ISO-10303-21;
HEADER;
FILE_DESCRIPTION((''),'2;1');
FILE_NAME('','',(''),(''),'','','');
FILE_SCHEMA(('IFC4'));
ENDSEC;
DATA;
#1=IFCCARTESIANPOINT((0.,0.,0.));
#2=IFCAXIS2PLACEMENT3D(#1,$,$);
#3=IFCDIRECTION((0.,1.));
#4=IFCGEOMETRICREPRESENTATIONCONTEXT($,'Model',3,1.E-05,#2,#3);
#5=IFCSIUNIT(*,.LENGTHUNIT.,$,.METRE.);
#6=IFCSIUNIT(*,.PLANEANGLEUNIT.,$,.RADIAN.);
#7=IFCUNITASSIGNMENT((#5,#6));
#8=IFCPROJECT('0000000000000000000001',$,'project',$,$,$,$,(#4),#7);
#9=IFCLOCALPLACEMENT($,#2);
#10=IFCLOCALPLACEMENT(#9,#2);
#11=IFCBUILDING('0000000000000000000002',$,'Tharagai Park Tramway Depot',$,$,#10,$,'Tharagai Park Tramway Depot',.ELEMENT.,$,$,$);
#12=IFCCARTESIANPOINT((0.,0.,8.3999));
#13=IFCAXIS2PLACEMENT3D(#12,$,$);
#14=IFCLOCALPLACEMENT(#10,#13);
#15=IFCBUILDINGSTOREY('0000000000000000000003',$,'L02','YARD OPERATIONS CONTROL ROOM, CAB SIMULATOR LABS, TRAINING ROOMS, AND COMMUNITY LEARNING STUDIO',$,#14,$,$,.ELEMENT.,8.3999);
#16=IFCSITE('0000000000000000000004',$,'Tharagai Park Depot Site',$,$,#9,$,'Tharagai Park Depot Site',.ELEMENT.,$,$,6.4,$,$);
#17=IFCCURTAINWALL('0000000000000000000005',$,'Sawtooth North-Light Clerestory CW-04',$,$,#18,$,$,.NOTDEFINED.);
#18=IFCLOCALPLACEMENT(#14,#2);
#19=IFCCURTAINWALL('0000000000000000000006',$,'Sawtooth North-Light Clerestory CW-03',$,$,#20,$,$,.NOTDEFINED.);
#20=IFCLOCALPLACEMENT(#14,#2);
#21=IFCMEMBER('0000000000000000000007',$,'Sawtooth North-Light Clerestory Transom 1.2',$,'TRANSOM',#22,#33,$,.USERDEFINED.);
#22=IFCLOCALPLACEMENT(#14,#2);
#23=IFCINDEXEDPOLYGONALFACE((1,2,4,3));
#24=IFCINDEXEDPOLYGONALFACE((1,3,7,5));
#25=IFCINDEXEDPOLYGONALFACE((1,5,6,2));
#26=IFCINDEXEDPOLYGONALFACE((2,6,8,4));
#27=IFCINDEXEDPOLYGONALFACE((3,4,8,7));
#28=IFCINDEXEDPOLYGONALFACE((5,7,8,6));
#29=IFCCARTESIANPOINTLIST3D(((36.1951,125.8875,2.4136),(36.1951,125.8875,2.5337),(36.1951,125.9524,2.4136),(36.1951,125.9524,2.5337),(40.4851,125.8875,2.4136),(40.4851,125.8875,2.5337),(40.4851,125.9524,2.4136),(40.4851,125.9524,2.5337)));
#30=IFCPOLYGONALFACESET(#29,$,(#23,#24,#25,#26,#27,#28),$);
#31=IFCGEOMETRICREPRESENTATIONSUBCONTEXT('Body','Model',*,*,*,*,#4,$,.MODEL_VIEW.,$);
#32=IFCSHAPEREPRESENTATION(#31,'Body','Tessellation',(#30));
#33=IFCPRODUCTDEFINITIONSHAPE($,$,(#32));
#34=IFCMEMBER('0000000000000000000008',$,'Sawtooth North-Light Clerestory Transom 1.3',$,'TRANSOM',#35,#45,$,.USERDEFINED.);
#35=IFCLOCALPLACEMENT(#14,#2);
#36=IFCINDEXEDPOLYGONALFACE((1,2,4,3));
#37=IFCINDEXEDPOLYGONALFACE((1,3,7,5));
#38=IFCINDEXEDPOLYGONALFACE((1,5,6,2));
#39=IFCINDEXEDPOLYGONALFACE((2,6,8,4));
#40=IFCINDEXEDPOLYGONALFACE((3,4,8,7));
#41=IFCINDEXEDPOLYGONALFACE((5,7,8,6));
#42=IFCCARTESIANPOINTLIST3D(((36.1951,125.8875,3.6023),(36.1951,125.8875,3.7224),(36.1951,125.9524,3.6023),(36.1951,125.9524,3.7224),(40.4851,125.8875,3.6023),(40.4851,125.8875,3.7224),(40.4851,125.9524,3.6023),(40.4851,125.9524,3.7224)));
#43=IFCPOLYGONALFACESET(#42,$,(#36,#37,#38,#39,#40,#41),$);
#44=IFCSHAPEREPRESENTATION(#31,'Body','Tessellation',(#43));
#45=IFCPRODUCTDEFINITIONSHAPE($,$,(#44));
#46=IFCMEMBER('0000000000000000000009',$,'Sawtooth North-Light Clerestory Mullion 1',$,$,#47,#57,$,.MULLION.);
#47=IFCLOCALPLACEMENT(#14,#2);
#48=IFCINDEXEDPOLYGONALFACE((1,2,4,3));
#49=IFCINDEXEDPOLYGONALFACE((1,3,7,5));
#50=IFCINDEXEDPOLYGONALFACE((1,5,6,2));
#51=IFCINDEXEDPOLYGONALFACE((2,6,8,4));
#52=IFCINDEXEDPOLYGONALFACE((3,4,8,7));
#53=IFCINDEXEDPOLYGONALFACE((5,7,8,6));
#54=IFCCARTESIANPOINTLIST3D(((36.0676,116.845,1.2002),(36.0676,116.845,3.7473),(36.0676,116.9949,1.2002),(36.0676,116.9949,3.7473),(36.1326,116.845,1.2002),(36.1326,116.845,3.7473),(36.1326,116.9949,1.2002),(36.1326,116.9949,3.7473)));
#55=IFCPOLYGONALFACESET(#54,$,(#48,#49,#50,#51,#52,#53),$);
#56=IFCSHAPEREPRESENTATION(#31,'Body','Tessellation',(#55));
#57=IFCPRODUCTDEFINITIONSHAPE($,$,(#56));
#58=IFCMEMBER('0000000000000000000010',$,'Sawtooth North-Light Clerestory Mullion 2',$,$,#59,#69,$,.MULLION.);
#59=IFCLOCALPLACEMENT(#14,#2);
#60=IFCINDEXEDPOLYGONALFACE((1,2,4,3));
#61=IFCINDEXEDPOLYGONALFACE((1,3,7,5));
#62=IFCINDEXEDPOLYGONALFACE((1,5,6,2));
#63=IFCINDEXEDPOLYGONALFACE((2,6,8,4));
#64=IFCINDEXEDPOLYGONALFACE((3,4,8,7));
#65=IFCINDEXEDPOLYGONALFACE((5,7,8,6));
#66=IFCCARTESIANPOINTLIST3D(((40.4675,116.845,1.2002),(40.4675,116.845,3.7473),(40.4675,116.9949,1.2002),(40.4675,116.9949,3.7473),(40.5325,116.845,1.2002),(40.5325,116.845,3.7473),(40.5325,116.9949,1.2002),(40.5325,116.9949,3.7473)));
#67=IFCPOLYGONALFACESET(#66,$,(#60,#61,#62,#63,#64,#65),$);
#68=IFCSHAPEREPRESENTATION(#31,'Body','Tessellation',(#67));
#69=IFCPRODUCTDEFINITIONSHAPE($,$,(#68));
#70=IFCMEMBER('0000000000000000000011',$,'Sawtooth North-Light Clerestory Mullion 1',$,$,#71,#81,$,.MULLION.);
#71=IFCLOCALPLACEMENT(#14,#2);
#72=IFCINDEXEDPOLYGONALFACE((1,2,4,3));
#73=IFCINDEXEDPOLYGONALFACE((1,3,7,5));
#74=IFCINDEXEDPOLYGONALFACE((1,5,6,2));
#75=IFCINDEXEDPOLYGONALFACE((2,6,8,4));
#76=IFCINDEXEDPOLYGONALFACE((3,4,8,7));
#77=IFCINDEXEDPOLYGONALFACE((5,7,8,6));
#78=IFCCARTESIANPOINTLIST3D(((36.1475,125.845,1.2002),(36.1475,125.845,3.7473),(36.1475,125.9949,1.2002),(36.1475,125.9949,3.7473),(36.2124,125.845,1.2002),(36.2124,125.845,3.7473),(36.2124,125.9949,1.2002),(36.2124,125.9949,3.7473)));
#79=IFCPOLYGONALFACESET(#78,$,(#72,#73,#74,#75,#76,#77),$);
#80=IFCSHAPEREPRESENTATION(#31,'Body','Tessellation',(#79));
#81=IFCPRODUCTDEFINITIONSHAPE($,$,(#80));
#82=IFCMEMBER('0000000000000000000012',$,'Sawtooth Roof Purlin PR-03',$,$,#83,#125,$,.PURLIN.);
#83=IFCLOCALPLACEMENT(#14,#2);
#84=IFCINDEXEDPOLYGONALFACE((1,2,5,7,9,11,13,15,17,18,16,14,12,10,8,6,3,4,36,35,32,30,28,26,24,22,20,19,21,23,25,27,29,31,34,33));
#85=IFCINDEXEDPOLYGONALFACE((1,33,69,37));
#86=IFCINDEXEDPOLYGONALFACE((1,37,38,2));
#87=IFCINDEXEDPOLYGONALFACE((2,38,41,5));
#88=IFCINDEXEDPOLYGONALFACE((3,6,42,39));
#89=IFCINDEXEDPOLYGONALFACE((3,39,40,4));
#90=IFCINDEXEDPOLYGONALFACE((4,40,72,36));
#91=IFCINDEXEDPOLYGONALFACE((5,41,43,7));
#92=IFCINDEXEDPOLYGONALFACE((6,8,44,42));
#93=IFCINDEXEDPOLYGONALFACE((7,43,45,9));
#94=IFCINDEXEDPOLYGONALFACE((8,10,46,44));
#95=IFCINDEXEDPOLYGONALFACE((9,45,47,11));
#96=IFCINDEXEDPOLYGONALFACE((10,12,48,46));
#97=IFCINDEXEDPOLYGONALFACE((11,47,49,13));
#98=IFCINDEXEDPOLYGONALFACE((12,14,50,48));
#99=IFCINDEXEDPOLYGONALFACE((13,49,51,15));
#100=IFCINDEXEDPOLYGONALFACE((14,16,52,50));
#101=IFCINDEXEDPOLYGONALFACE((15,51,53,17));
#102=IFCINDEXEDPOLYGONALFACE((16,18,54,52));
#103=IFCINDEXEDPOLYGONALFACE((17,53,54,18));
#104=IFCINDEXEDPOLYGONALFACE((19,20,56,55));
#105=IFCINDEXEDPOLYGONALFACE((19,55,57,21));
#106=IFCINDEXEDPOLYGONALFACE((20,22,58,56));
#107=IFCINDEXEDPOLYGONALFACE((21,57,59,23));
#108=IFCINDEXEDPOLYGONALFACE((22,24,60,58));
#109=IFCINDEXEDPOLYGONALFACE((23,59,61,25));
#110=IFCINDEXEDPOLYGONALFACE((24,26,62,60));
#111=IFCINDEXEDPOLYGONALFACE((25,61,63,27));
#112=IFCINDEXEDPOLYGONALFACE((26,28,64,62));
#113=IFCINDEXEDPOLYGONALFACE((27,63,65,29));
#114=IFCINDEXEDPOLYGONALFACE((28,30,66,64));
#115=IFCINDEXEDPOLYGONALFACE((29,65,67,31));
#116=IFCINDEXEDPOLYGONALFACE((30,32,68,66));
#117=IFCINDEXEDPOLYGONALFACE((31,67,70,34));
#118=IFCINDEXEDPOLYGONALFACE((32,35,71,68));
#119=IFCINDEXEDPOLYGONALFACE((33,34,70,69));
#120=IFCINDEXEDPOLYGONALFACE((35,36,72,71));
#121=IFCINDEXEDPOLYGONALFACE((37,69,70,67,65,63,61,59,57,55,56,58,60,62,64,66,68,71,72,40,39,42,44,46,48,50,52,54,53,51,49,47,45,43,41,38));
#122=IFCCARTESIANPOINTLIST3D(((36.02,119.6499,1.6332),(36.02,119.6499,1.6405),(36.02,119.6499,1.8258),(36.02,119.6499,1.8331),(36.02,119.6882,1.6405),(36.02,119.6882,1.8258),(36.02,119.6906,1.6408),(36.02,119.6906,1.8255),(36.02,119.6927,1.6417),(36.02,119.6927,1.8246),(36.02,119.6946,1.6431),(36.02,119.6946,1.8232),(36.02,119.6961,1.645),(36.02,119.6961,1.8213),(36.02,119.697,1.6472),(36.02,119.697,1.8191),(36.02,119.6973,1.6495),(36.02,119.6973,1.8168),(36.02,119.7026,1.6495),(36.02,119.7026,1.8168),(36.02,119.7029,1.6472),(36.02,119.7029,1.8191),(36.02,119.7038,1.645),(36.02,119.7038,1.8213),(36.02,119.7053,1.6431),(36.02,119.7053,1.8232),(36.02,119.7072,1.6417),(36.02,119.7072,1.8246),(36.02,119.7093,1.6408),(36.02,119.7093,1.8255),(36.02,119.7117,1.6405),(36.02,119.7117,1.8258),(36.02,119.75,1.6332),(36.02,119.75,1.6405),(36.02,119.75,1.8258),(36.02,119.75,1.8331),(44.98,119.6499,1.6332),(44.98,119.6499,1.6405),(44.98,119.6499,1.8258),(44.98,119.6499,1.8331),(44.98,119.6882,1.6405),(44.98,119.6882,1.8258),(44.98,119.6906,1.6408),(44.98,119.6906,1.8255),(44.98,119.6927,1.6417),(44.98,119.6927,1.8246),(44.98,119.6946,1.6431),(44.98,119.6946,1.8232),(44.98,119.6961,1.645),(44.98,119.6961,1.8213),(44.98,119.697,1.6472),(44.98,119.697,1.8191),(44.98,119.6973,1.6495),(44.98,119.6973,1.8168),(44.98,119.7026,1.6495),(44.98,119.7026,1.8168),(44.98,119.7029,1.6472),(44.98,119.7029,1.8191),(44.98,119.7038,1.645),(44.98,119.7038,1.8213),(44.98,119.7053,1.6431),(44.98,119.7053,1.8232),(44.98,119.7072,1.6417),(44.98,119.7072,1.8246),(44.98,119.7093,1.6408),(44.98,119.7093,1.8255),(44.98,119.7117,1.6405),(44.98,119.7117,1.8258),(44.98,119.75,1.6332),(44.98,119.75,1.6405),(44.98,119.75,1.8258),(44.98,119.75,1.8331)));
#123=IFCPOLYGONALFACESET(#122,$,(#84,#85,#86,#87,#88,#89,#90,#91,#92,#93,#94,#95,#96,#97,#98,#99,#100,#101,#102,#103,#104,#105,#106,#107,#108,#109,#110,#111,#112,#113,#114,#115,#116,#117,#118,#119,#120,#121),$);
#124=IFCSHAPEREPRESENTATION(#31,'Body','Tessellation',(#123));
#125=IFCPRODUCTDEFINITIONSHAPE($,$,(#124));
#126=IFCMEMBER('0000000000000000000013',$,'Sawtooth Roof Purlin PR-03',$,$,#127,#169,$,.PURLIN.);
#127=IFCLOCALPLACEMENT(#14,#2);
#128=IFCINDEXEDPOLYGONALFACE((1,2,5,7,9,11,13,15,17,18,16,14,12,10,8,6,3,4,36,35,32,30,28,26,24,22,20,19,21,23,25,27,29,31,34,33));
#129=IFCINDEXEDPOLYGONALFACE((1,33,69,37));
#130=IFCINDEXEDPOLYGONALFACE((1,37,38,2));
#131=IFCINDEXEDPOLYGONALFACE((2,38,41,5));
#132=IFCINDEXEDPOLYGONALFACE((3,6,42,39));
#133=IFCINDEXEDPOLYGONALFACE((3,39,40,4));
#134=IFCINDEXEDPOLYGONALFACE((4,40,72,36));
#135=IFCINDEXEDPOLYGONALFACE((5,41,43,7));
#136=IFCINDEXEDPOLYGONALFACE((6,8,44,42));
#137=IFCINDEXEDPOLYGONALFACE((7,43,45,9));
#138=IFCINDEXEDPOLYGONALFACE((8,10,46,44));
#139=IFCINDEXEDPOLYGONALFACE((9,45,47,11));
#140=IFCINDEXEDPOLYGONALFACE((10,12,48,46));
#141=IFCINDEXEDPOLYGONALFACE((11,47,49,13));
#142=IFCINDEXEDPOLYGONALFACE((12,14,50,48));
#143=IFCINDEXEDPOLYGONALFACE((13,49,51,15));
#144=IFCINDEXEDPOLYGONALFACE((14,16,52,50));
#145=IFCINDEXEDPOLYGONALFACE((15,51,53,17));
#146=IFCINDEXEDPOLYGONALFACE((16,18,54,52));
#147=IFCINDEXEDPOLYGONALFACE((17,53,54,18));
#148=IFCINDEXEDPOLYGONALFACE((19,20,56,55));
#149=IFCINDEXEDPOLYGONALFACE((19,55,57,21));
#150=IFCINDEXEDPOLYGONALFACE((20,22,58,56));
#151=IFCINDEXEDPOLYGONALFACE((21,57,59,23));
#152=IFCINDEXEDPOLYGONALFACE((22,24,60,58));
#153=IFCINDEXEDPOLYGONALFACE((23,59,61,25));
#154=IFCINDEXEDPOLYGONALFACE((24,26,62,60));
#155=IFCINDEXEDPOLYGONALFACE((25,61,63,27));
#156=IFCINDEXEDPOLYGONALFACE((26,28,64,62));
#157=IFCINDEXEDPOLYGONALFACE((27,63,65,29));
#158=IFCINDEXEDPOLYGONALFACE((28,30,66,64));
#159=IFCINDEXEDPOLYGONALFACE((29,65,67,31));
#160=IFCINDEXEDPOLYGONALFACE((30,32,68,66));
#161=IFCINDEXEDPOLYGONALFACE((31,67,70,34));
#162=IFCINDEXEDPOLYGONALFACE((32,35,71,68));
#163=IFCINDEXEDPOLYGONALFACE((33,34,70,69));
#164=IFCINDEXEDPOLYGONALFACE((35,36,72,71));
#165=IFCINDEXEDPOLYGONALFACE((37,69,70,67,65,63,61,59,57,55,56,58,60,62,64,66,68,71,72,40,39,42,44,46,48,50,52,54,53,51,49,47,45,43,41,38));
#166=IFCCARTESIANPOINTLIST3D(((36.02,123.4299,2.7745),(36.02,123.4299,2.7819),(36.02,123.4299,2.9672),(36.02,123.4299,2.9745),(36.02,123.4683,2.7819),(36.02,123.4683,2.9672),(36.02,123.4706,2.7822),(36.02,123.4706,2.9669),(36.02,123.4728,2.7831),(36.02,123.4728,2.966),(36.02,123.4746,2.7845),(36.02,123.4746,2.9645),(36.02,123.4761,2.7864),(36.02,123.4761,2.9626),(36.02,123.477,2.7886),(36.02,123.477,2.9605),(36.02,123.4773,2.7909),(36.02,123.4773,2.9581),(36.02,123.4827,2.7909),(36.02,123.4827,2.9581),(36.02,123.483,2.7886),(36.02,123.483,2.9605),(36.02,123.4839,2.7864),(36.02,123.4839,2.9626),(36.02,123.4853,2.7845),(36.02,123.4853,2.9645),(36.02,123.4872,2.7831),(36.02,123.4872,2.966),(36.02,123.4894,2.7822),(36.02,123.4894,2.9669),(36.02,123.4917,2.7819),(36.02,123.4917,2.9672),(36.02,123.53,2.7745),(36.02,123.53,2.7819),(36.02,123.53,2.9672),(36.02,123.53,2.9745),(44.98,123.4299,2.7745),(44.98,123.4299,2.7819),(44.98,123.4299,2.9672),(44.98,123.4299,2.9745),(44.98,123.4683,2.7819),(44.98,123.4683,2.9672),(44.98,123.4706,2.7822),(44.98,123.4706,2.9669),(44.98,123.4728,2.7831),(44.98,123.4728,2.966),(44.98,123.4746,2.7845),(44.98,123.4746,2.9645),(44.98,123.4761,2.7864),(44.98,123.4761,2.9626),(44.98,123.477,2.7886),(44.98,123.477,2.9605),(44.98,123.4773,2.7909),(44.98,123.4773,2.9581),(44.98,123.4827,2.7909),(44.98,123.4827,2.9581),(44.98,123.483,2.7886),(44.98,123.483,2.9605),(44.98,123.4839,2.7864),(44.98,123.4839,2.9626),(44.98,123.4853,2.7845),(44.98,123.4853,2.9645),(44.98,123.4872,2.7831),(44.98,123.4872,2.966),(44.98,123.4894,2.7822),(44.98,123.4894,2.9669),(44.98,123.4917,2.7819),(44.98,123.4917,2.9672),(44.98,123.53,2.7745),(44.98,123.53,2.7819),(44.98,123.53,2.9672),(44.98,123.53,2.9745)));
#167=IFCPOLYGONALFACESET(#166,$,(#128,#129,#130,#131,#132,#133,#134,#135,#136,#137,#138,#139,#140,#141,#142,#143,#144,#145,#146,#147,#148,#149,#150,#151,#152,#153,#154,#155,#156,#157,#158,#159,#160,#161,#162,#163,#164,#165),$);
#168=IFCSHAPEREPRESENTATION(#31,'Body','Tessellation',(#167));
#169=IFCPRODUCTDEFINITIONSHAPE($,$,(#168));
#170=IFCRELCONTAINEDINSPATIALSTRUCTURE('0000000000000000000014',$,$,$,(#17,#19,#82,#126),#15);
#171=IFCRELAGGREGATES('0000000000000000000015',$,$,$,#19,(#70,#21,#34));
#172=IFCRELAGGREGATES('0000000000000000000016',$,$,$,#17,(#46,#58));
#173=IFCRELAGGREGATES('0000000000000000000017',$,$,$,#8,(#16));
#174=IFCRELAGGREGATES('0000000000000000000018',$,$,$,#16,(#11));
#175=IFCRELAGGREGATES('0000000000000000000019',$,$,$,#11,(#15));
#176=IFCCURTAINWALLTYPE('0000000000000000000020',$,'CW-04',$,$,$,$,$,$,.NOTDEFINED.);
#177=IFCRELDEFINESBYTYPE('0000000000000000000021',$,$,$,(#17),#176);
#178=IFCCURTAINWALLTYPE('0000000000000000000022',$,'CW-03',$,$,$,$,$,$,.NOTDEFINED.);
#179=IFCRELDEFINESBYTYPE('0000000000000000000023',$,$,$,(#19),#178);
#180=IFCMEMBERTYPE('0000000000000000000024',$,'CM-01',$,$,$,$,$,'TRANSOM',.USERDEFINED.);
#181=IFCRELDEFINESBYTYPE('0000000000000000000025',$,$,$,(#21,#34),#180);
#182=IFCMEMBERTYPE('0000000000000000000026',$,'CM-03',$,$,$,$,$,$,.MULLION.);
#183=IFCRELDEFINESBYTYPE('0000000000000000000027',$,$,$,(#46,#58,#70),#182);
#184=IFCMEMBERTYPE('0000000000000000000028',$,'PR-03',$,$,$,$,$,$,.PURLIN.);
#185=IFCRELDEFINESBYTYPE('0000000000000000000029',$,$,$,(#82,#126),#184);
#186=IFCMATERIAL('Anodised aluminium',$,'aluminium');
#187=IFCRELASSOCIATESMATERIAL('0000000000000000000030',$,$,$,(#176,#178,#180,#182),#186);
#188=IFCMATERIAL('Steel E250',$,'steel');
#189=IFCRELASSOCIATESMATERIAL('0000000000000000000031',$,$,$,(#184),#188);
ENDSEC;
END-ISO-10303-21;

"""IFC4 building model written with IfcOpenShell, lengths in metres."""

from ifc_helpers import new_model, si_unit, direction, frame, origin, origin_2d, place, context, subcontext, project, spatial, rectangle, i_section, extrude, material, material_profile, profile_set, type_object, element, aggregate, save


model = new_model("IFC4")

# Units and contexts
model_context = context("Model", 3, precision=1e-05, world=origin(), true_north=direction((0.0, 1.0)))
body_context = subcontext(model_context, "Body", "Model", "MODEL_VIEW")
ifc_project = project(units=[si_unit("LENGTHUNIT", "METRE"), si_unit("PLANEANGLEUNIT", "RADIAN")], contexts=[model_context])

# Site, building, storey
site_placement = place(None, origin())
site = spatial("IfcSite", under=ifc_project, at=site_placement, Name="Tharagai Park Depot Site", LongName="Tharagai Park Depot Site", CompositionType="ELEMENT", RefElevation=6.4)
building_placement = place(site_placement, origin())
building = spatial("IfcBuilding", under=site, at=building_placement, Name="Tharagai Park Tramway Depot", LongName="Tharagai Park Tramway Depot", CompositionType="ELEMENT")
storey_placement = place(building_placement, frame((0.0, 0.0, 8.3999)))
storey = spatial("IfcBuildingStorey", under=building, at=storey_placement, Name="L02", Description="YARD OPERATIONS CONTROL ROOM, CAB SIMULATOR LABS, TRAINING ROOMS, AND COMMUNITY LEARNING STUDIO", CompositionType="ELEMENT", Elevation=8.3999)

# Curtain walls, members
ifc_material_1 = material(Name="Anodised aluminium", Category="aluminium")
curtain_wall_type_1 = type_object("IfcCurtainWallType", Name="CW-04", PredefinedType="NOTDEFINED", material=ifc_material_1)
curtain_wall_1_placement = place(storey_placement, origin())
curtain_wall_1 = element("IfcCurtainWall", 1, at=curtain_wall_1_placement, inside=storey, type_object=curtain_wall_type_1, Name="Sawtooth North-Light Clerestory CW-04", PredefinedType="NOTDEFINED")
ifc_material_profile_1 = material_profile(ifc_material_1, rectangle(XDim=0.0649, YDim=0.1201, at=origin_2d()), Name="ALU 65x120")
ifc_profile_set_1 = profile_set([ifc_material_profile_1], Name="Anodised aluminium")
member_type_1 = type_object("IfcMemberType", Name="CM-01", ElementType="TRANSOM", PredefinedType="USERDEFINED", material=ifc_profile_set_1)
curtain_wall_type_2 = type_object("IfcCurtainWallType", Name="CW-03", PredefinedType="NOTDEFINED", material=ifc_material_1)
curtain_wall_2_placement = place(storey_placement, origin())
curtain_wall_2 = element("IfcCurtainWall", 2, at=curtain_wall_2_placement, inside=storey, type_object=curtain_wall_type_2, Name="Sawtooth North-Light Clerestory CW-03", PredefinedType="NOTDEFINED")
member_1_placement = place(storey_placement, frame((36.1951, 125.9199, 2.4736), z_axis=(1.0, 0.0, 0.0), x_axis=(0.0, 1.0, 0.0)))
member_1 = element("IfcMember", 3, at=member_1_placement, type_object=member_type_1, Name="Sawtooth North-Light Clerestory Transom 1.2", ObjectType="TRANSOM", PredefinedType="USERDEFINED", context=body_context, shape_type="SweptSolid", body=[
    extrude(rectangle(XDim=0.0649, YDim=0.1201, at=origin_2d()), origin(), (0.0, 0.0, 1.0), 4.29),
])
member_2_placement = place(storey_placement, frame((36.1951, 125.9199, 3.6624), z_axis=(1.0, 0.0, 0.0), x_axis=(0.0, 1.0, 0.0)))
member_2 = element("IfcMember", 4, at=member_2_placement, type_object=member_type_1, Name="Sawtooth North-Light Clerestory Transom 1.3", ObjectType="TRANSOM", PredefinedType="USERDEFINED", context=body_context, shape_type="SweptSolid", body=[
    extrude(rectangle(XDim=0.0649, YDim=0.1201, at=origin_2d()), origin(), (0.0, 0.0, 1.0), 4.29),
])

# Members
ifc_material_profile_2 = material_profile(ifc_material_1, rectangle(XDim=0.0649, YDim=0.1499, at=origin_2d()), Name="ALU 65x150")
ifc_profile_set_2 = profile_set([ifc_material_profile_2], Name="Anodised aluminium")
member_type_2 = type_object("IfcMemberType", Name="CM-03", PredefinedType="MULLION", material=ifc_profile_set_2)
member_3_placement = place(storey_placement, frame((36.1001, 116.9199, 1.2002), z_axis=(0.0, 0.0, 1.0), x_axis=(1.0, 0.0, 0.0)))
member_3 = element("IfcMember", 5, at=member_3_placement, type_object=member_type_2, Name="Sawtooth North-Light Clerestory Mullion 1", PredefinedType="MULLION", context=body_context, shape_type="SweptSolid", body=[
    extrude(rectangle(XDim=0.0649, YDim=0.1499, at=origin_2d()), origin(), (0.0, 0.0, 1.0), 2.5471),
])
member_4_placement = place(storey_placement, frame((40.5, 116.9199, 1.2002), z_axis=(0.0, 0.0, 1.0), x_axis=(1.0, 0.0, 0.0)))
member_4 = element("IfcMember", 6, at=member_4_placement, type_object=member_type_2, Name="Sawtooth North-Light Clerestory Mullion 2", PredefinedType="MULLION", context=body_context, shape_type="SweptSolid", body=[
    extrude(rectangle(XDim=0.0649, YDim=0.1499, at=origin_2d()), origin(), (0.0, 0.0, 1.0), 2.5471),
])
member_5_placement = place(storey_placement, frame((36.1799, 125.9199, 1.2002), z_axis=(0.0, 0.0, 1.0), x_axis=(1.0, 0.0, 0.0)))
member_5 = element("IfcMember", 7, at=member_5_placement, type_object=member_type_2, Name="Sawtooth North-Light Clerestory Mullion 1", PredefinedType="MULLION", context=body_context, shape_type="SweptSolid", body=[
    extrude(rectangle(XDim=0.0649, YDim=0.1499, at=origin_2d()), origin(), (0.0, 0.0, 1.0), 2.5471),
])
aggregate(curtain_wall_2, [member_5, member_1, member_2])

# Members
ifc_material_2 = material(Name="Steel E250", Category="steel")
ifc_material_profile_3 = material_profile(ifc_material_2, i_section(OverallWidth=0.1001, OverallDepth=0.2, WebThickness=0.0054, FlangeThickness=0.0073, FilletRadius=0.009, at=origin_2d()), Name="ISLB 200")
ifc_profile_set_3 = profile_set([ifc_material_profile_3], Name="Steel E250")
member_type_3 = type_object("IfcMemberType", Name="PR-03", PredefinedType="PURLIN", material=ifc_profile_set_3)
for number, where, z_axis, x_axis, name in (
    (8, (36.02, 119.7, 1.7332), (1.0, 0.0, 0.0), (0.0, 1.0, 0.0), "Sawtooth Roof Purlin PR-03"),
    (9, (36.02, 123.48, 2.8745), (1.0, 0.0, 0.0), (0.0, 1.0, 0.0), "Sawtooth Roof Purlin PR-03"),
):
    element("IfcMember", number, at=place(storey_placement, frame(where, z_axis=z_axis, x_axis=x_axis)), inside=storey, type_object=member_type_3, Name=name, PredefinedType="PURLIN", context=body_context, shape_type="SweptSolid", body=[
        extrude(i_section(OverallWidth=0.1001, OverallDepth=0.2, WebThickness=0.0054, FlangeThickness=0.0073, FilletRadius=0.009, at=origin_2d()), origin(), (0.0, 0.0, 1.0), 8.96),
    ])

aggregate(curtain_wall_1, [member_3, member_4])

save(model, "model.ifc")
